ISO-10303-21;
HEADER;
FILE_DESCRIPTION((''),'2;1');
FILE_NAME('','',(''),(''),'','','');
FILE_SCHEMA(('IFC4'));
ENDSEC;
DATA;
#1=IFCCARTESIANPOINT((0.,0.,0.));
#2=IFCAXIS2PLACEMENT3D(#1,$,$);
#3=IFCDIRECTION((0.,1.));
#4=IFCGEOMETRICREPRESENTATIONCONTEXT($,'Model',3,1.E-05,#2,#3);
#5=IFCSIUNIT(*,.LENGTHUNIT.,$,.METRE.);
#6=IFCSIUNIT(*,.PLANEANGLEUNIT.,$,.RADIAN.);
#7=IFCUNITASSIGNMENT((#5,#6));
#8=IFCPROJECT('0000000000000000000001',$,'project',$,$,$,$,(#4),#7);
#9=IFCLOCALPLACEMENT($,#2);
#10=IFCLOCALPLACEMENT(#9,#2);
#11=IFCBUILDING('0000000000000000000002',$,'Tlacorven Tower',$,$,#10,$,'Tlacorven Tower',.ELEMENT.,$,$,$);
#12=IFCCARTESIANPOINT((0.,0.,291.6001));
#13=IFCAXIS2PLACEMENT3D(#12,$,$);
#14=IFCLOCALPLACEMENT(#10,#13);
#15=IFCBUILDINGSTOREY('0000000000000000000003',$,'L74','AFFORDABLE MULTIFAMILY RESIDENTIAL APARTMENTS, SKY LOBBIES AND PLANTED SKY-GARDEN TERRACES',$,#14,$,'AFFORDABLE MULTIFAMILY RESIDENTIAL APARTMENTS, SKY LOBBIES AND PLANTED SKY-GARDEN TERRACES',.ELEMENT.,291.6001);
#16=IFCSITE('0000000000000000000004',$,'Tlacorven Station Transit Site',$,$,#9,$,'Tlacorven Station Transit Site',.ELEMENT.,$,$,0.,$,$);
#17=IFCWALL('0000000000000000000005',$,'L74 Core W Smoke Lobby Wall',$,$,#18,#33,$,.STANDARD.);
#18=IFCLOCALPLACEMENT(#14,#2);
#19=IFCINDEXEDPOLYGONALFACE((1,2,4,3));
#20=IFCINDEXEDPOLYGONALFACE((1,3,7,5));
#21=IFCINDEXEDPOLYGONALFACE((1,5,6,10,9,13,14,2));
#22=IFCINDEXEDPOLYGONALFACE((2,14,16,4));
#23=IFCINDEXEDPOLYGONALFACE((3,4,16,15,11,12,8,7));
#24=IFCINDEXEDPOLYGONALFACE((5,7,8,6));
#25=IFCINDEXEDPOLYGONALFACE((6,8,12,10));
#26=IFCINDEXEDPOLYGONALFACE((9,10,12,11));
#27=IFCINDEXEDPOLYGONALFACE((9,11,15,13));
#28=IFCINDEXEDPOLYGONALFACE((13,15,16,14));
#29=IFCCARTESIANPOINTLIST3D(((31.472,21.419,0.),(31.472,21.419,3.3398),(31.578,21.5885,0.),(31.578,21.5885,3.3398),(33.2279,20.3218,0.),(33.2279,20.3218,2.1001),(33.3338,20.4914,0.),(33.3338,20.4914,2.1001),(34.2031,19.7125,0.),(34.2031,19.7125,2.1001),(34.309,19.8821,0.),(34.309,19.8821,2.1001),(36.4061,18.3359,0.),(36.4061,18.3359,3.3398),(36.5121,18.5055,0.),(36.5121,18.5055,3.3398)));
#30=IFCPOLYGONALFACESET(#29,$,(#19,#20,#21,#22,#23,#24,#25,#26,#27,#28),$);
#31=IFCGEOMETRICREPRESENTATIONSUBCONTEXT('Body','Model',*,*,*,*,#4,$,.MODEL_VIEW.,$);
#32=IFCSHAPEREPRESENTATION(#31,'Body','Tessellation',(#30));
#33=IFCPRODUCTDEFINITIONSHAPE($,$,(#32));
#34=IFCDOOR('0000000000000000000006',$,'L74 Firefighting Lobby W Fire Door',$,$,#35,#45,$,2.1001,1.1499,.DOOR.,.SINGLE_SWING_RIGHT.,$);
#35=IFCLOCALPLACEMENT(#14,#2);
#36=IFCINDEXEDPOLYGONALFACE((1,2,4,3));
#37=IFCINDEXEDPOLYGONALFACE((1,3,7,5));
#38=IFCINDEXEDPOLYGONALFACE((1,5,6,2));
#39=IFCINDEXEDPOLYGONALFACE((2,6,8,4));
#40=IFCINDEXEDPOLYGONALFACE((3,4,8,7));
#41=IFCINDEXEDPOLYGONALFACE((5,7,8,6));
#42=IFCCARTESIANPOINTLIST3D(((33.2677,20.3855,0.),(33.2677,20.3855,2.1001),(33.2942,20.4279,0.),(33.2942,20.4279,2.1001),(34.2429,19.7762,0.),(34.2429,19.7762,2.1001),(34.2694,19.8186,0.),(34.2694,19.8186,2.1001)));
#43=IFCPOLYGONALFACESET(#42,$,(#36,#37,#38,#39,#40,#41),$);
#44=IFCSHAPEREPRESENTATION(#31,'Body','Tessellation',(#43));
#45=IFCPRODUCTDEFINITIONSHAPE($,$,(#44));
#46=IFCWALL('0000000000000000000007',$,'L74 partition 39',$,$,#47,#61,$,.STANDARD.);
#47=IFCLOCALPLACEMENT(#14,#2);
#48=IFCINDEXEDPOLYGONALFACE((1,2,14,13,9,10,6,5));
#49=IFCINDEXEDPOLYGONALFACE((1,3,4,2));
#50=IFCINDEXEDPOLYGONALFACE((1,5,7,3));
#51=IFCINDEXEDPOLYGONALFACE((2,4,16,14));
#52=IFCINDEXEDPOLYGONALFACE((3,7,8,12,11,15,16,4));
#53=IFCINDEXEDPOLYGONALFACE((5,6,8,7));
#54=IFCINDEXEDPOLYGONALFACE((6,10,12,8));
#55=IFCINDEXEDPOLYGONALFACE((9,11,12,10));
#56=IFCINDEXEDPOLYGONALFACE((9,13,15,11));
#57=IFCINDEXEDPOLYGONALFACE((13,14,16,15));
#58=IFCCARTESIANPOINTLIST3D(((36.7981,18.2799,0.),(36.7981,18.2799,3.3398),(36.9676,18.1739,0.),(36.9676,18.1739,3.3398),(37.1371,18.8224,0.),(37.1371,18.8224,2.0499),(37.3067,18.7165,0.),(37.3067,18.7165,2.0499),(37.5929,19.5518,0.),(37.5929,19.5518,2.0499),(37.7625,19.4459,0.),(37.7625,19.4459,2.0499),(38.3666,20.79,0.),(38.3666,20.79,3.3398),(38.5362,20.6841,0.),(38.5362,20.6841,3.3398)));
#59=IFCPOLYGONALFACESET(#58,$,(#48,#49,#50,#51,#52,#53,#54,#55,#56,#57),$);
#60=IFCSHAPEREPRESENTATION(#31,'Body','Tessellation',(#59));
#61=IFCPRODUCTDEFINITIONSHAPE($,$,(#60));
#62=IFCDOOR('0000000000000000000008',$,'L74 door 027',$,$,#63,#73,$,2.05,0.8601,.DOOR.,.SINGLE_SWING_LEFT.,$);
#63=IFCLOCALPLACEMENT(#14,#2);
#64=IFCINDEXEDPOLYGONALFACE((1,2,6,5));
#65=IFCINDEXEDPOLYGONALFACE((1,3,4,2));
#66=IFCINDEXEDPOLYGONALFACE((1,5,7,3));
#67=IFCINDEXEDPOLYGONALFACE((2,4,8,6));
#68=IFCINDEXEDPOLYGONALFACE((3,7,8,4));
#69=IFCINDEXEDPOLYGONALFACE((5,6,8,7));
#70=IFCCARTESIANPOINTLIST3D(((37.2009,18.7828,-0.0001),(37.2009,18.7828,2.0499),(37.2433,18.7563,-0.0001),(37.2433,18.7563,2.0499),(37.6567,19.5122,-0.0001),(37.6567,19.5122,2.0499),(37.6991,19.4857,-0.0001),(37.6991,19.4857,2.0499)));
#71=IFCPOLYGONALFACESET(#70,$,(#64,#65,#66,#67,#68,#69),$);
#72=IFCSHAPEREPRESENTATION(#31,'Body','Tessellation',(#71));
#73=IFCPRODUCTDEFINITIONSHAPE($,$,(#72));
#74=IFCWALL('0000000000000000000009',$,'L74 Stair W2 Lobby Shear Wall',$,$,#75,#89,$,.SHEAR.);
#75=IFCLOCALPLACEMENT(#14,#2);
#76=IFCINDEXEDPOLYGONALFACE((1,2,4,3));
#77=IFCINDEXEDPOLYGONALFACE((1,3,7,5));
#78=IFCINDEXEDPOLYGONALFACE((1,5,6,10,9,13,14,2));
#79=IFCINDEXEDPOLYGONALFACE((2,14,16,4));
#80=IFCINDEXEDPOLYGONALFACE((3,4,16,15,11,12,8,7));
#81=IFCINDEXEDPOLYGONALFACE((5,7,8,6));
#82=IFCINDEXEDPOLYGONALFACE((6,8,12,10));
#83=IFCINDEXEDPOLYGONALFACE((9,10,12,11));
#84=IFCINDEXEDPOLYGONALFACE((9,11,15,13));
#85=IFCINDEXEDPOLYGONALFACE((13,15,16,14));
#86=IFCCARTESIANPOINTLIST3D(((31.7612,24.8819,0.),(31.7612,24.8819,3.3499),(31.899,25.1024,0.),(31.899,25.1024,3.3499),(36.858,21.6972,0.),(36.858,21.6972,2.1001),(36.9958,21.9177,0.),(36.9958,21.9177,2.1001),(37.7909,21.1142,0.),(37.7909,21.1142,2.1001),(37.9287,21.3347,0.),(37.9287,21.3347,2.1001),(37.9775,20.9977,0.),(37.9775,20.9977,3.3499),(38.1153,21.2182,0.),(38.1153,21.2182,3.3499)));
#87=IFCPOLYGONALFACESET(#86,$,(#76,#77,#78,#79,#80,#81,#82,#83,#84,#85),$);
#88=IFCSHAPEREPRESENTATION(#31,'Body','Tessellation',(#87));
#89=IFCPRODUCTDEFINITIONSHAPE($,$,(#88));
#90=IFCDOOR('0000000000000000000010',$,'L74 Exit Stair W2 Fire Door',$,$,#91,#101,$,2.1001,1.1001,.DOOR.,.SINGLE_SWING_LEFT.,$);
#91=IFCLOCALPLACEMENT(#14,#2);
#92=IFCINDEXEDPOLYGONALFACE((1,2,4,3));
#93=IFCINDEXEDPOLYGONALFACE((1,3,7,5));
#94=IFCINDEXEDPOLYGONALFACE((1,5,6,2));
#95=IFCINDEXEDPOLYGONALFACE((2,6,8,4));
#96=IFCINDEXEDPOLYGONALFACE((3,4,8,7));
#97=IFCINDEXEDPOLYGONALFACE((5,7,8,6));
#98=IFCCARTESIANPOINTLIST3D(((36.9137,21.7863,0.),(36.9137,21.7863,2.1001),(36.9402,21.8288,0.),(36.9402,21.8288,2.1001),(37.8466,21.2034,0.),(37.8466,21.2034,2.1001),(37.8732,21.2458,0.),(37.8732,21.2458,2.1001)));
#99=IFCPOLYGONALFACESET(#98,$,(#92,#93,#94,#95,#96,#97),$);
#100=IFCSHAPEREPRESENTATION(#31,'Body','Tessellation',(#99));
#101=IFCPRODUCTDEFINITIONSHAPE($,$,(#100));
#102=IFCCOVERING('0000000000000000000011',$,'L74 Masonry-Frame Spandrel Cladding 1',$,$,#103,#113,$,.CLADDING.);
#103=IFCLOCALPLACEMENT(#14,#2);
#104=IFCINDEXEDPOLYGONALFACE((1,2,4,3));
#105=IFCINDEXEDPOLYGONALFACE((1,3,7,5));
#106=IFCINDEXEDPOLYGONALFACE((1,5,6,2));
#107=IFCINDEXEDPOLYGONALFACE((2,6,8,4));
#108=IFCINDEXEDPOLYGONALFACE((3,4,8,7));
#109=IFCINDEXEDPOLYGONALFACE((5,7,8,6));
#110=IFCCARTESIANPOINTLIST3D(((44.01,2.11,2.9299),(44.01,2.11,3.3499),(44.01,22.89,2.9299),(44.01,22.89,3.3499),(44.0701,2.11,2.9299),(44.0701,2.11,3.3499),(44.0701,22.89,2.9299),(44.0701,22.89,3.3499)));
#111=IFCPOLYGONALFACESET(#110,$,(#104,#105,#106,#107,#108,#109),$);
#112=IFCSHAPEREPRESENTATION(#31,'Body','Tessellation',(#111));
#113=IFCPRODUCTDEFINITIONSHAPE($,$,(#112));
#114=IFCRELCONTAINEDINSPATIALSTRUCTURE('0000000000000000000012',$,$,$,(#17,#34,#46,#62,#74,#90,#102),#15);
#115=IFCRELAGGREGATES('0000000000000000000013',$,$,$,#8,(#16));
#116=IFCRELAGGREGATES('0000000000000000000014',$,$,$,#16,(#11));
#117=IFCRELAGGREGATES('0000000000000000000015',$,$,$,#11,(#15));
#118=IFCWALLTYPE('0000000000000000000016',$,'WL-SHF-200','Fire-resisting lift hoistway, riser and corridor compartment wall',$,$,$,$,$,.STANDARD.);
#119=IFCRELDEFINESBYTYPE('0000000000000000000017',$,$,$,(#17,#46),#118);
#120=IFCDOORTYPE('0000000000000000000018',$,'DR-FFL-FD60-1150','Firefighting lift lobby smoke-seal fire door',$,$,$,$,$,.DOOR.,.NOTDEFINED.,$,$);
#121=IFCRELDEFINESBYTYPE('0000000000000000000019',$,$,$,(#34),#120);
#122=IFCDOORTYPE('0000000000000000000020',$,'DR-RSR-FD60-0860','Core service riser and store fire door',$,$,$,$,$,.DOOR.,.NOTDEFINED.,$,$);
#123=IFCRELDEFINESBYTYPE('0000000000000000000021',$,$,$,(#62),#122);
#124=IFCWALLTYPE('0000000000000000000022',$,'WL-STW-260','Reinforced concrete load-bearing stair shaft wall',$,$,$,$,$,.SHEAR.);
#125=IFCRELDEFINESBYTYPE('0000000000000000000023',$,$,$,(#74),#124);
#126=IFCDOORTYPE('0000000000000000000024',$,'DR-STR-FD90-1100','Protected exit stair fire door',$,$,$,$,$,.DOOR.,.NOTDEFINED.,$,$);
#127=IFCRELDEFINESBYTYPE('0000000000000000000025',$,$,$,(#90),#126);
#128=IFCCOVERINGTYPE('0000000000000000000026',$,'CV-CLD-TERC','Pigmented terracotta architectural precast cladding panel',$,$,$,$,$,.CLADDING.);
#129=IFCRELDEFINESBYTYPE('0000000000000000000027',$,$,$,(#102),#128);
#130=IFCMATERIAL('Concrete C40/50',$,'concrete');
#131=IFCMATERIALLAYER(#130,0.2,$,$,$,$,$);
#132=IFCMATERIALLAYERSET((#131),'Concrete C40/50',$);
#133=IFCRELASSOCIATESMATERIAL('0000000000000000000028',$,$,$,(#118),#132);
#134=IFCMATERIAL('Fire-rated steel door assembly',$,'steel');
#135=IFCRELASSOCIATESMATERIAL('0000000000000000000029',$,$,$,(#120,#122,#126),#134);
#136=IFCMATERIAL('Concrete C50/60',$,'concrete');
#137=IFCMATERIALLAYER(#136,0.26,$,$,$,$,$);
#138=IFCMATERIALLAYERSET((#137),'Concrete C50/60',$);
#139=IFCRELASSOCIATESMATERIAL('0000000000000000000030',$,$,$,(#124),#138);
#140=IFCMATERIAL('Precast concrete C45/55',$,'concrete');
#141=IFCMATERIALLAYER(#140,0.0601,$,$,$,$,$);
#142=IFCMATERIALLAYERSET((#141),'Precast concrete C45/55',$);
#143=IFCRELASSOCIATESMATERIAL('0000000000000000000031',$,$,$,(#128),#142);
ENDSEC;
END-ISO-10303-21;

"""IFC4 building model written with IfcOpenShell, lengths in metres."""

from ifc_helpers import new_model, si_unit, direction, frame, frame_2d, origin, origin_2d, place, context, subcontext, project, spatial, rectangle, extrude, source, transform, mapped, material, layer, layer_set, type_object, element, fill, save


model = new_model("IFC4")

# Units and contexts
model_context = context("Model", 3, precision=1e-05, world=origin(), true_north=direction((0.0, 1.0)))
body_context = subcontext(model_context, "Body", "Model", "MODEL_VIEW")
ifc_project = project(units=[si_unit("LENGTHUNIT", "METRE"), si_unit("PLANEANGLEUNIT", "RADIAN")], contexts=[model_context])

# Site, building, storey
site_placement = place(None, origin())
site = spatial("IfcSite", under=ifc_project, at=site_placement, Name="Tlacorven Station Transit Site", LongName="Tlacorven Station Transit Site", CompositionType="ELEMENT", RefElevation=0.0)
building_placement = place(site_placement, origin())
building = spatial("IfcBuilding", under=site, at=building_placement, Name="Tlacorven Tower", LongName="Tlacorven Tower", CompositionType="ELEMENT")
storey_placement = place(building_placement, frame((0.0, 0.0, 291.6001)))
storey = spatial("IfcBuildingStorey", under=building, at=storey_placement, Name="L74", Description="AFFORDABLE MULTIFAMILY RESIDENTIAL APARTMENTS, SKY LOBBIES AND PLANTED SKY-GARDEN TERRACES", LongName="AFFORDABLE MULTIFAMILY RESIDENTIAL APARTMENTS, SKY LOBBIES AND PLANTED SKY-GARDEN TERRACES", CompositionType="ELEMENT", Elevation=291.6001)

# Shared definitions
ifc_material_1 = material(Name="Concrete C50/60", Category="concrete")

# Shared definitions
ifc_material_2 = material(Name="Fire-rated steel door assembly", Category="steel")

# Walls, openings, doors
ifc_material_3 = material(Name="Concrete C40/50", Category="concrete")
ifc_layer_1 = layer(ifc_material_3, 0.2)
ifc_layer_set_1 = layer_set([ifc_layer_1], Name="Concrete C40/50")
wall_type_1 = type_object("IfcWallType", Name="WL-SHF-200", Description="Fire-resisting lift hoistway, riser and corridor compartment wall", PredefinedType="STANDARD", material=ifc_layer_set_1)
wall_1_placement = place(storey_placement, frame((36.4592, 18.4207, 0.0), z_axis=(0.0, 0.0, 1.0), x_axis=(-0.84806, 0.529901, 0.0)))
wall_1 = element("IfcWall", 1, at=wall_1_placement, inside=storey, type_object=wall_type_1, Name="L74 Core W Smoke Lobby Wall", PredefinedType="STANDARD", context=body_context, shape_type="SweptSolid", body=[
    extrude(rectangle(XDim=5.8181, YDim=0.2, at=frame_2d((2.9092, 0.0))), origin(), (0.0, 0.0, 1.0), 3.3398),
])
opening_1_placement = place(wall_1_placement, frame((2.5979, 0.0, 0.0)))
opening_1 = element("IfcOpeningElement", 2, at=opening_1_placement, cuts=wall_1, PredefinedType="OPENING", context=body_context, shape_type="SweptSolid", body=[
    extrude(rectangle(XDim=1.1499, YDim=2.1001, at=frame_2d((0.575, 1.05))), frame((0.0, 0.1099, 0.0), z_axis=(0.0, -1.0, 0.0), x_axis=(1.0, 0.0, 0.0)), (0.0, 0.0, 1.0), 0.22),
])
door_type_1 = type_object("IfcDoorType", Name="DR-FFL-FD60-1150", Description="Firefighting lift lobby smoke-seal fire door", OperationType="NOTDEFINED", PredefinedType="DOOR", material=ifc_material_2)
shared_shape_1 = source(origin(), body_context, "Body", "SweptSolid", [
    extrude(rectangle(XDim=1.1499, YDim=2.1001, at=frame_2d((0.575, 1.05))), frame((0.0, 0.0249, 0.0), z_axis=(0.0, -1.0, 0.0), x_axis=(1.0, 0.0, 0.0)), (0.0, 0.0, 1.0), 0.05),
])
door_1_placement = place(opening_1_placement, origin())
door_1 = element("IfcDoor", 3, at=door_1_placement, inside=storey, type_object=door_type_1, Name="L74 Firefighting Lobby W Fire Door", OperationType="SINGLE_SWING_RIGHT", OverallHeight=2.1001, OverallWidth=1.1499, PredefinedType="DOOR", context=body_context, shape_type="MappedRepresentation", body=[
    mapped(shared_shape_1, transform((0.0, 0.0, 0.0), scale=1.0)),
])
fill(opening_1, door_1)
wall_2_placement = place(storey_placement, frame((38.4514, 20.7371, 0.0), z_axis=(0.0, 0.0, 1.0), x_axis=(-0.529925, -0.848045, 0.0)))
wall_2 = element("IfcWall", 4, at=wall_2_placement, inside=storey, type_object=wall_type_1, Name="L74 partition 39", PredefinedType="STANDARD", context=body_context, shape_type="SweptSolid", body=[
    extrude(rectangle(XDim=2.96, YDim=0.2, at=frame_2d((1.48, 0.0))), origin(), (0.0, 0.0, 1.0), 3.3398),
])
opening_2_placement = place(wall_2_placement, frame((1.46, 0.0, 0.0)))
opening_2 = element("IfcOpeningElement", 5, at=opening_2_placement, cuts=wall_2, PredefinedType="OPENING", context=body_context, shape_type="SweptSolid", body=[
    extrude(rectangle(XDim=0.8601, YDim=2.05, at=frame_2d((0.4302, 1.0249))), frame((0.0, 0.1099, 0.0), z_axis=(0.0, -1.0, 0.0), x_axis=(1.0, 0.0, 0.0)), (0.0, 0.0, 1.0), 0.22),
])
door_type_2 = type_object("IfcDoorType", Name="DR-RSR-FD60-0860", Description="Core service riser and store fire door", OperationType="NOTDEFINED", PredefinedType="DOOR", material=ifc_material_2)
shared_shape_2 = source(origin(), body_context, "Body", "SweptSolid", [
    extrude(rectangle(XDim=0.8601, YDim=2.05, at=frame_2d((0.4302, 1.0249))), frame((0.0, 0.0249, 0.0), z_axis=(0.0, -1.0, 0.0), x_axis=(1.0, 0.0, 0.0)), (0.0, 0.0, 1.0), 0.05),
])
door_2_placement = place(opening_2_placement, frame((0.8601, 0.0, 0.0), z_axis=(0.0, 0.0, 1.0), x_axis=(-1.0, 0.0, 0.0)))
door_2 = element("IfcDoor", 6, at=door_2_placement, inside=storey, type_object=door_type_2, Name="L74 door 027", OperationType="SINGLE_SWING_LEFT", OverallHeight=2.05, OverallWidth=0.8601, PredefinedType="DOOR", context=body_context, shape_type="MappedRepresentation", body=[
    mapped(shared_shape_2, transform((0.0, 0.0, 0.0), scale=1.0)),
])
fill(opening_2, door_2)
ifc_layer_2 = layer(ifc_material_1, 0.26)
ifc_layer_set_2 = layer_set([ifc_layer_2], Name="Concrete C50/60")
wall_type_2 = type_object("IfcWallType", Name="WL-STW-260", Description="Reinforced concrete load-bearing stair shaft wall", PredefinedType="SHEAR", material=ifc_layer_set_2)
wall_3_placement = place(storey_placement, frame((38.0464, 21.1079, 0.0), z_axis=(0.0, 0.0, 1.0), x_axis=(-0.848054, 0.529909, 0.0)))
wall_3 = element("IfcWall", 7, at=wall_3_placement, inside=storey, type_object=wall_type_2, Name="L74 Stair W2 Lobby Shear Wall", PredefinedType="SHEAR", context=body_context, shape_type="SweptSolid", body=[
    extrude(rectangle(XDim=7.3301, YDim=0.26, at=frame_2d((3.665, 0.0))), origin(), (0.0, 0.0, 1.0), 3.3499),
])
opening_3_placement = place(wall_3_placement, frame((0.22, 0.0, 0.0)))
opening_3 = element("IfcOpeningElement", 8, at=opening_3_placement, cuts=wall_3, PredefinedType="OPENING", context=body_context, shape_type="SweptSolid", body=[
    extrude(rectangle(XDim=1.1001, YDim=2.1001, at=frame_2d((0.55, 1.05))), frame((0.0, 0.1401, 0.0), z_axis=(0.0, -1.0, 0.0), x_axis=(1.0, 0.0, 0.0)), (0.0, 0.0, 1.0), 0.28),
])
door_type_3 = type_object("IfcDoorType", Name="DR-STR-FD90-1100", Description="Protected exit stair fire door", OperationType="NOTDEFINED", PredefinedType="DOOR", material=ifc_material_2)
shared_shape_3 = source(origin(), body_context, "Body", "SweptSolid", [
    extrude(rectangle(XDim=1.1001, YDim=2.1001, at=frame_2d((0.55, 1.05))), frame((0.0, 0.0249, 0.0), z_axis=(0.0, -1.0, 0.0), x_axis=(1.0, 0.0, 0.0)), (0.0, 0.0, 1.0), 0.05),
])
door_3_placement = place(opening_3_placement, origin())
door_3 = element("IfcDoor", 9, at=door_3_placement, inside=storey, type_object=door_type_3, Name="L74 Exit Stair W2 Fire Door", OperationType="SINGLE_SWING_LEFT", OverallHeight=2.1001, OverallWidth=1.1001, PredefinedType="DOOR", context=body_context, shape_type="MappedRepresentation", body=[
    mapped(shared_shape_3, transform((0.0, 0.0, 0.0), scale=1.0)),
])
fill(opening_3, door_3)

# Covering
ifc_material_4 = material(Name="Precast concrete C45/55", Category="concrete")
ifc_layer_3 = layer(ifc_material_4, 0.0601)
ifc_layer_set_3 = layer_set([ifc_layer_3], Name="Precast concrete C45/55")
covering_type = type_object("IfcCoveringType", Name="CV-CLD-TERC", Description="Pigmented terracotta architectural precast cladding panel", PredefinedType="CLADDING", material=ifc_layer_set_3)
shared_shape_4 = source(origin(), body_context, "Body", "SweptSolid", [
    extrude(rectangle(XDim=20.78, YDim=0.0601, at=origin_2d()), origin(), (0.0, 0.0, 1.0), 0.4199),
])
covering_placement = place(storey_placement, frame((44.04, 12.5, 2.9299), z_axis=(0.0, 0.0, 1.0), x_axis=(0.0, -1.0, 0.0)))
element("IfcCovering", 10, at=covering_placement, inside=storey, type_object=covering_type, Name="L74 Masonry-Frame Spandrel Cladding 1", PredefinedType="CLADDING", context=body_context, shape_type="MappedRepresentation", body=[
    mapped(shared_shape_4, transform((0.0, 0.0, 0.0), scale=1.0)),
])

save(model, "model.ifc")
